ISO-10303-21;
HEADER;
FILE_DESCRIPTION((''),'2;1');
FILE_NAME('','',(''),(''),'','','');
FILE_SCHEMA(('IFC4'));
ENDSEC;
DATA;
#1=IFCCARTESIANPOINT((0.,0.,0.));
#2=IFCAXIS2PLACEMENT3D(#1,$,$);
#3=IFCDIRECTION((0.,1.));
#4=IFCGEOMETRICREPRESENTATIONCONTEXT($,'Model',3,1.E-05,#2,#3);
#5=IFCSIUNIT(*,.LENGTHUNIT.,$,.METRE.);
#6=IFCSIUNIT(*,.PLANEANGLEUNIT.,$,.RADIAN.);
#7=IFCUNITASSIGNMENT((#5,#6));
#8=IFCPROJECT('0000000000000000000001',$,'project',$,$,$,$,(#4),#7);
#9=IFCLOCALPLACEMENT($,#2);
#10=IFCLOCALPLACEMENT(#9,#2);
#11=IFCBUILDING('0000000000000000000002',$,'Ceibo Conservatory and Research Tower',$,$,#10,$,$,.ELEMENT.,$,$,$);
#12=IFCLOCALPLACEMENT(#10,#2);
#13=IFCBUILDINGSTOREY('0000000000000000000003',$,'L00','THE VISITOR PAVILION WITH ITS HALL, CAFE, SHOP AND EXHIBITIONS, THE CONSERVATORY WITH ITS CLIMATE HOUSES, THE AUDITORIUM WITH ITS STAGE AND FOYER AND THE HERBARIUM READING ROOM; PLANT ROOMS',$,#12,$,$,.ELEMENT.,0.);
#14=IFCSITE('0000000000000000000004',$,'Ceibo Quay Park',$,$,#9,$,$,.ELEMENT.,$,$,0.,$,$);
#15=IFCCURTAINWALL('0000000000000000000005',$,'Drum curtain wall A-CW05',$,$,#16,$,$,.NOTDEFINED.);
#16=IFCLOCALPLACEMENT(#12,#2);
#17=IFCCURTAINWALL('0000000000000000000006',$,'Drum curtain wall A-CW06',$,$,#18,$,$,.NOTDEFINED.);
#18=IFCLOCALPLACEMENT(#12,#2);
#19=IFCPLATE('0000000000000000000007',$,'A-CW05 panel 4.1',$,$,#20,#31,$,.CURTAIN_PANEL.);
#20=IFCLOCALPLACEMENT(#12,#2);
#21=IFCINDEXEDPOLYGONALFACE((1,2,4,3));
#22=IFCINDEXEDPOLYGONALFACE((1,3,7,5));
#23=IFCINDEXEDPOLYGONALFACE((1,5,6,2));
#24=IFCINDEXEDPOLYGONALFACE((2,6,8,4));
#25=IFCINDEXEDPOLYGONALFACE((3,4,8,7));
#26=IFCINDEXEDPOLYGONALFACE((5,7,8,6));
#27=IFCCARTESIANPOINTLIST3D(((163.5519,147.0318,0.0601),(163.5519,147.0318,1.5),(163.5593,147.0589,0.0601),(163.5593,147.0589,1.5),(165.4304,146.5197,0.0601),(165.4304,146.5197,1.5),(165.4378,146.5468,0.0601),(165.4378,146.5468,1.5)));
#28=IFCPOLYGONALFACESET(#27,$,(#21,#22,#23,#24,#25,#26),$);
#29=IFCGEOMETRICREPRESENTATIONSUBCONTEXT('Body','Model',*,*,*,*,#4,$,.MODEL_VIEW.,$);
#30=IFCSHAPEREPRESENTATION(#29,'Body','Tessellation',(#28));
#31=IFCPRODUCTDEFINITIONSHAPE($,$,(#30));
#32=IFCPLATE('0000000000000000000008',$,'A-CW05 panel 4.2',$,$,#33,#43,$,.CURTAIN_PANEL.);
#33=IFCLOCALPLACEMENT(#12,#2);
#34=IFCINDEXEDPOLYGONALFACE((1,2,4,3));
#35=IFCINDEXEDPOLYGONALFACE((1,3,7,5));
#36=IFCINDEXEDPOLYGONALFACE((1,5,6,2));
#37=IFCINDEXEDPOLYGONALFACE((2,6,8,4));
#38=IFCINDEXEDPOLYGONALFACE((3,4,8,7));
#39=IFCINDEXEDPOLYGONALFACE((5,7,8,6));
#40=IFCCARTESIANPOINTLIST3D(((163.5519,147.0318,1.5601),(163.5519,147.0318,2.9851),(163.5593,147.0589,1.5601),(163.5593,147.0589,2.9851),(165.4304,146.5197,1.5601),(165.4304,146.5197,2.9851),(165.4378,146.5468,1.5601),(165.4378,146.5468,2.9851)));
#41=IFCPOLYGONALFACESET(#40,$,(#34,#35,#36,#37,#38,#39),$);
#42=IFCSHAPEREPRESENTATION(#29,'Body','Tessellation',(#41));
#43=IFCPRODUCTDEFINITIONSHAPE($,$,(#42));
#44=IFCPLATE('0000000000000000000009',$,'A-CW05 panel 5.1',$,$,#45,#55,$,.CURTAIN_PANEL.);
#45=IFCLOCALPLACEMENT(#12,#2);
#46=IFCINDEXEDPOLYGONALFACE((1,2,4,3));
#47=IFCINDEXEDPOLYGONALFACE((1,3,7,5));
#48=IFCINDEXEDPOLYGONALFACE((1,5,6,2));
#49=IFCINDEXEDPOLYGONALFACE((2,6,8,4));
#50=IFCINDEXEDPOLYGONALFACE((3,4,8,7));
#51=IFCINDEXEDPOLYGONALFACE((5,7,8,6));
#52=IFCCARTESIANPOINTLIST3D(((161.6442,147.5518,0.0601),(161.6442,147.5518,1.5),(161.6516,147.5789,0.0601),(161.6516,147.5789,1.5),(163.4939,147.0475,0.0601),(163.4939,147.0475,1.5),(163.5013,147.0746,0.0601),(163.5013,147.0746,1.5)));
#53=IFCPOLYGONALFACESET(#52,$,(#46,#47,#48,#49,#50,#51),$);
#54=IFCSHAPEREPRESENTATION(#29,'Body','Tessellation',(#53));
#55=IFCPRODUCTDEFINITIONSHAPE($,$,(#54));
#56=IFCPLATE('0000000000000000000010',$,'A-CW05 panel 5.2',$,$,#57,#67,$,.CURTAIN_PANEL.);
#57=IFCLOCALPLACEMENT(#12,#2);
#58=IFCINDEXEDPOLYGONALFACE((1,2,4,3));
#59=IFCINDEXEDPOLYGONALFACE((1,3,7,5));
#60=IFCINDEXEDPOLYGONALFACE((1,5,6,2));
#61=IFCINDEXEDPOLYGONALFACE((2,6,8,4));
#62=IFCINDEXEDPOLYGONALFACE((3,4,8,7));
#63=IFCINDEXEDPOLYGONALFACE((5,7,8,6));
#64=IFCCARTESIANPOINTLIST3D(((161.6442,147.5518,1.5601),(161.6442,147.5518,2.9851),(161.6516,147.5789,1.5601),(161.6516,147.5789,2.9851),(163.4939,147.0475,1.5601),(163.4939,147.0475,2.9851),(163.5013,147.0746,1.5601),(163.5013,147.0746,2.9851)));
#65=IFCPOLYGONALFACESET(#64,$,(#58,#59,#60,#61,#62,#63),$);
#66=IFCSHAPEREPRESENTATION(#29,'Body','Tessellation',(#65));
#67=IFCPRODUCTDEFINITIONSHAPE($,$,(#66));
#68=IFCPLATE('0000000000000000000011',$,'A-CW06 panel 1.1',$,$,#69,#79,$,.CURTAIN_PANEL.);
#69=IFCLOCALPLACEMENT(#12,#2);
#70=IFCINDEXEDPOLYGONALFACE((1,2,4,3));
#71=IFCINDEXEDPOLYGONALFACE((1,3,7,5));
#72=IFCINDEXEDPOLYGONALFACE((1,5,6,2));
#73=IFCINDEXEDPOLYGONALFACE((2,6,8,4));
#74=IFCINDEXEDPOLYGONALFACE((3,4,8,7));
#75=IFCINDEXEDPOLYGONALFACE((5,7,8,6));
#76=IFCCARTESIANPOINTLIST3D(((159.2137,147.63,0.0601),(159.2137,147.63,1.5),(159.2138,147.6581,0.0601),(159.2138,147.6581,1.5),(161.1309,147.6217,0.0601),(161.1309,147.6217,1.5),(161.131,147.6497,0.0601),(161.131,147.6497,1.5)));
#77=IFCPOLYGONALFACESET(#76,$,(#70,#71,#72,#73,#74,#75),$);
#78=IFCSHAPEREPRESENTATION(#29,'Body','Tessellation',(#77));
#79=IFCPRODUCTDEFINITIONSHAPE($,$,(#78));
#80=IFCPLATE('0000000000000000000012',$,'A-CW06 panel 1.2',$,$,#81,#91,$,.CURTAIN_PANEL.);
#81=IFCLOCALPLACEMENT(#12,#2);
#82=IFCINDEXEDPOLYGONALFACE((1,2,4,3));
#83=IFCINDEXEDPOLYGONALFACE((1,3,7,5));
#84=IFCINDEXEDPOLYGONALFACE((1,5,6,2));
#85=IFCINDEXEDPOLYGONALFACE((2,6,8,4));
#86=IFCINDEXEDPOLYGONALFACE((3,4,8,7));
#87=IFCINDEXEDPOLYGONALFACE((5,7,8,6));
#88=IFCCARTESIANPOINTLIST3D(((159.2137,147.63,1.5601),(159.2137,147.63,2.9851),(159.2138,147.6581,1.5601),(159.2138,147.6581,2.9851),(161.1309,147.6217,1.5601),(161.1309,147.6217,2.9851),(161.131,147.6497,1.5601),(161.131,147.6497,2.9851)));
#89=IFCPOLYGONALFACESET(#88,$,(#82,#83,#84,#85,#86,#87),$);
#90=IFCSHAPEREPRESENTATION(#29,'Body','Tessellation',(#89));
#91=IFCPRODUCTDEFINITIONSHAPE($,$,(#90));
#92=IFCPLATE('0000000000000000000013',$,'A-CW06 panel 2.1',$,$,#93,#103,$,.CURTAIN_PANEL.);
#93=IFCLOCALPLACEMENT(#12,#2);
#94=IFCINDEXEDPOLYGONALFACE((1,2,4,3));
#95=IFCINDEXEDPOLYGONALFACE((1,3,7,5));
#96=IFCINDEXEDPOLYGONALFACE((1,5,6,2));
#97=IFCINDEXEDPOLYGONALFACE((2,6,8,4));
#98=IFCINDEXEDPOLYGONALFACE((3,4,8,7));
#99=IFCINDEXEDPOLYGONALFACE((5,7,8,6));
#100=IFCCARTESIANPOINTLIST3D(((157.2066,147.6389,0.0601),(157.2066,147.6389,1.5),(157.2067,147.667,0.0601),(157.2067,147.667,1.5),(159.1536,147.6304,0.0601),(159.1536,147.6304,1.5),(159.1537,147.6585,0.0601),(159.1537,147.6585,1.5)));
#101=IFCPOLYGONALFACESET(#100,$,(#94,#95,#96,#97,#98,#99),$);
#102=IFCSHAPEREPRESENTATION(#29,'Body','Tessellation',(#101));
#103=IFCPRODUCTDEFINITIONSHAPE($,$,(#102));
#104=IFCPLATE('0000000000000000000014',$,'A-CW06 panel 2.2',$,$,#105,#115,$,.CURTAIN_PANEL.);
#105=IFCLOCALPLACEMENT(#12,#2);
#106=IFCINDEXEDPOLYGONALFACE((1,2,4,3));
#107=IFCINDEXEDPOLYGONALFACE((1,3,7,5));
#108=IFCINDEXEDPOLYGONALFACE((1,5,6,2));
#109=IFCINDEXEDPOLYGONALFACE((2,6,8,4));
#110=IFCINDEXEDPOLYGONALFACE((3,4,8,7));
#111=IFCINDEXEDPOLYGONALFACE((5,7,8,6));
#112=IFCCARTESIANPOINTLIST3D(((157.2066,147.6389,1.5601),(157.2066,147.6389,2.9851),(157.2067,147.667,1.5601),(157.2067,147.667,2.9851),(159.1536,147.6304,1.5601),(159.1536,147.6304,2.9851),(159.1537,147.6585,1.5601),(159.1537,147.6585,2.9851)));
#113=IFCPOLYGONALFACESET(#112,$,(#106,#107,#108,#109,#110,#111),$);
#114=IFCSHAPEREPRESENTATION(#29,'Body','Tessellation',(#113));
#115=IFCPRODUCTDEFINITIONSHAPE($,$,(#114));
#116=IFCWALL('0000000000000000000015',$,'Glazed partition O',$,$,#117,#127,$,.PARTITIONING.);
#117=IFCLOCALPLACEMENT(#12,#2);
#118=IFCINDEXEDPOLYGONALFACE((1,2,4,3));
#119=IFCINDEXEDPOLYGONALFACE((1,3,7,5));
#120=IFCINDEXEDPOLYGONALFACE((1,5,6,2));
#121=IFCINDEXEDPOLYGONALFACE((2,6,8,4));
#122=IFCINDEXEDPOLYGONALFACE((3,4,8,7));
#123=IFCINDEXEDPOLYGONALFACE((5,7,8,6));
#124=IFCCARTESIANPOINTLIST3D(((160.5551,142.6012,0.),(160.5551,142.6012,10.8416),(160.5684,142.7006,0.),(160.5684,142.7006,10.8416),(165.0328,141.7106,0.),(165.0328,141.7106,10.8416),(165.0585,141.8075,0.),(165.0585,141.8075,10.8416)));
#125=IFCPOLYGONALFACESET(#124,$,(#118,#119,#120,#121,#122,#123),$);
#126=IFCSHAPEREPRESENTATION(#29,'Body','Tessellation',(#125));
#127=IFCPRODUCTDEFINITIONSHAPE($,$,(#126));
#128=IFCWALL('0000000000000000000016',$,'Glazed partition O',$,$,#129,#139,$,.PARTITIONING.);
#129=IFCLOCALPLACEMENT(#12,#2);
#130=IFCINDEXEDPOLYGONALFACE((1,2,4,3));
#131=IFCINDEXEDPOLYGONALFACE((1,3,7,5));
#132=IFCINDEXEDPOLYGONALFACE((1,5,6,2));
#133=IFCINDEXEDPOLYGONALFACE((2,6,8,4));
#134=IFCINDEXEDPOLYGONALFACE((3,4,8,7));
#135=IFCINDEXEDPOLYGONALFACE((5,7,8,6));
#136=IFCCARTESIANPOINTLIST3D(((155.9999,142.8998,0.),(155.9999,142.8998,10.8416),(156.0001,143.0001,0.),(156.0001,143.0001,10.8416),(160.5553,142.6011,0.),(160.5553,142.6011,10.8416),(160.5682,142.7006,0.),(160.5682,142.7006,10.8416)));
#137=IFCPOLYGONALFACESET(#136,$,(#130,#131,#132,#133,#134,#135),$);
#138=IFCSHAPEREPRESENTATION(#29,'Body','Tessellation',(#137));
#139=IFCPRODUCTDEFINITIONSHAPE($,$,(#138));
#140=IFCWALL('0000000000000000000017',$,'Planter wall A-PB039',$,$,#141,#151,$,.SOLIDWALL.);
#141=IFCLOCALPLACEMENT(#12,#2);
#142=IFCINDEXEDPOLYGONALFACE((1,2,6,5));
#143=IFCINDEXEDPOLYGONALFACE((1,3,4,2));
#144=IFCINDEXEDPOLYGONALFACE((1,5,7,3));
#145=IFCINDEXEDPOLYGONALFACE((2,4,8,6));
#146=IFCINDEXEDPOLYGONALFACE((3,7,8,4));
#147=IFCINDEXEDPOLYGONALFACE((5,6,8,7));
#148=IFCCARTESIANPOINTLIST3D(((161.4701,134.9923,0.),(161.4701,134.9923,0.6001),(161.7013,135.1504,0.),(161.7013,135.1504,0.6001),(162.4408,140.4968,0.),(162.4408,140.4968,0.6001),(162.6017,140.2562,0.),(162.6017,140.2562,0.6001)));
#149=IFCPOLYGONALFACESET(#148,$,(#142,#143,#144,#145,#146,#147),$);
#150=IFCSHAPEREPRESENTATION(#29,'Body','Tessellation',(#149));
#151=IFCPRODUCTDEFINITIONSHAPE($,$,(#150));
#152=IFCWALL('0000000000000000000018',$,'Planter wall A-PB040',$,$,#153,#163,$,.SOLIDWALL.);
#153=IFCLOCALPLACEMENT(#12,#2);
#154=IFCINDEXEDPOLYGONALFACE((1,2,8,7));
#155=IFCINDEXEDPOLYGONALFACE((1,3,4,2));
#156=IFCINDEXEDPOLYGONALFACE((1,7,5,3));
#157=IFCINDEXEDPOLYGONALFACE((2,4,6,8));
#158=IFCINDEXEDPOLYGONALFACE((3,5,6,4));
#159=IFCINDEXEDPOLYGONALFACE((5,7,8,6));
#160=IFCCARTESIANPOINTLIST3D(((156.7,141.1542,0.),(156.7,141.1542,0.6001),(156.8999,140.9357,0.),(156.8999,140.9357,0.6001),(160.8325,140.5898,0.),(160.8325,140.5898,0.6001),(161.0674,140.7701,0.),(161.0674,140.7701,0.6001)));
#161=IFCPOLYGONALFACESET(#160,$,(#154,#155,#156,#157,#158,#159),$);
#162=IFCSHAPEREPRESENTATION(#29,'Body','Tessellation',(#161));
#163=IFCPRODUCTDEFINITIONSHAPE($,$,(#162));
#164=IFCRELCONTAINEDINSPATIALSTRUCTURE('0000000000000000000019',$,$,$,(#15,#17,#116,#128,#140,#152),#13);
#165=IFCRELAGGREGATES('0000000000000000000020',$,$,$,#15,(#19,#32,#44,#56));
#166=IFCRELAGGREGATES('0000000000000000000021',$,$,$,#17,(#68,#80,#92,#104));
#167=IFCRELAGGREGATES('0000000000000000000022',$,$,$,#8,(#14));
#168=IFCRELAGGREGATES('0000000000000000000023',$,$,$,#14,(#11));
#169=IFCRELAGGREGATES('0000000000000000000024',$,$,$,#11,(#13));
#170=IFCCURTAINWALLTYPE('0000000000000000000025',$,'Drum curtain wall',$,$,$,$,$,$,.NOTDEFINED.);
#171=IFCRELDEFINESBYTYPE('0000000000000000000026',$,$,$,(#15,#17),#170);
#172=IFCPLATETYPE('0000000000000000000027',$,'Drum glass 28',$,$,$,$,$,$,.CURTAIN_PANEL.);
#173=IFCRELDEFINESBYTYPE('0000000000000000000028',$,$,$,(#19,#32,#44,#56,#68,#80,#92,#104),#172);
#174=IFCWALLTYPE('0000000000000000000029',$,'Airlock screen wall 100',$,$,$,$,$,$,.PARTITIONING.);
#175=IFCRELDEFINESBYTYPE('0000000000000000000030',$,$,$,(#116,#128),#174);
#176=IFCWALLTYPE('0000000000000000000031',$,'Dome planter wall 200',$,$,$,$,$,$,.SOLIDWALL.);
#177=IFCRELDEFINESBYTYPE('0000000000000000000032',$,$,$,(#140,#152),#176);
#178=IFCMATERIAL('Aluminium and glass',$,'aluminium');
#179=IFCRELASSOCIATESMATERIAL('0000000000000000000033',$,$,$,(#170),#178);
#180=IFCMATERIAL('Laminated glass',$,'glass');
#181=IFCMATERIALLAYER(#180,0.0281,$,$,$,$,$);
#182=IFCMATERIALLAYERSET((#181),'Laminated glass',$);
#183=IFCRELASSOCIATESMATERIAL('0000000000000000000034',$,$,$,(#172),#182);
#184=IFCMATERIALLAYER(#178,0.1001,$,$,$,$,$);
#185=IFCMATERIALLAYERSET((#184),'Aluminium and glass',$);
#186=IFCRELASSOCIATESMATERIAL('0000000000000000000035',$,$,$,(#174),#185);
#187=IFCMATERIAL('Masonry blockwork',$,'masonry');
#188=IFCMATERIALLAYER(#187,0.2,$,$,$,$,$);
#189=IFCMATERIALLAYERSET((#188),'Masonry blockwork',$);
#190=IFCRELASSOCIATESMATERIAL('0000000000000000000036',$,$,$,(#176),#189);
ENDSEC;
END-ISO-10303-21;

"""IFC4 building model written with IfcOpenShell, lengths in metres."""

from ifc_helpers import new_model, si_unit, direction, frame, origin, origin_2d, place, context, subcontext, project, spatial, polyline, rectangle, outline, extrude, material, layer, layer_set, type_object, element, aggregate, save


model = new_model("IFC4")

# Units and contexts
model_context = context("Model", 3, precision=1e-05, world=origin(), true_north=direction((0.0, 1.0)))
body_context = subcontext(model_context, "Body", "Model", "MODEL_VIEW")
ifc_project = project(units=[si_unit("LENGTHUNIT", "METRE"), si_unit("PLANEANGLEUNIT", "RADIAN")], contexts=[model_context])

# Site, building, storey
site_placement = place(None, origin())
site = spatial("IfcSite", under=ifc_project, at=site_placement, Name="Ceibo Quay Park", CompositionType="ELEMENT", RefElevation=0.0)
building_placement = place(site_placement, origin())
building = spatial("IfcBuilding", under=site, at=building_placement, Name="Ceibo Conservatory and Research Tower", CompositionType="ELEMENT")
storey_placement = place(building_placement, origin())
storey = spatial("IfcBuildingStorey", under=building, at=storey_placement, Name="L00", Description="THE VISITOR PAVILION WITH ITS HALL, CAFE, SHOP AND EXHIBITIONS, THE CONSERVATORY WITH ITS CLIMATE HOUSES, THE AUDITORIUM WITH ITS STAGE AND FOYER AND THE HERBARIUM READING ROOM; PLANT ROOMS", CompositionType="ELEMENT", Elevation=0.0)

# Curtain walls
ifc_material_1 = material(Name="Aluminium and glass", Category="aluminium")
curtain_wall_type = type_object("IfcCurtainWallType", Name="Drum curtain wall", PredefinedType="NOTDEFINED", material=ifc_material_1)
curtain_wall_1_placement = place(storey_placement, origin())
curtain_wall_1 = element("IfcCurtainWall", 1, at=curtain_wall_1_placement, inside=storey, type_object=curtain_wall_type, Name="Drum curtain wall A-CW05", PredefinedType="NOTDEFINED")
curtain_wall_2_placement = place(storey_placement, origin())
curtain_wall_2 = element("IfcCurtainWall", 2, at=curtain_wall_2_placement, inside=storey, type_object=curtain_wall_type, Name="Drum curtain wall A-CW06", PredefinedType="NOTDEFINED")

# Plates
ifc_material_2 = material(Name="Laminated glass", Category="glass")
ifc_layer_1 = layer(ifc_material_2, 0.0281)
ifc_layer_set_1 = layer_set([ifc_layer_1], Name="Laminated glass")
plate_type = type_object("IfcPlateType", Name="Drum glass 28", PredefinedType="CURTAIN_PANEL", material=ifc_layer_set_1)
plate_1_placement = place(storey_placement, frame((164.4949, 146.7893, 0.0601), z_axis=(0.0, 0.0, 1.0), x_axis=(-0.964787, 0.263031, 0.0)))
plate_1 = element("IfcPlate", 3, at=plate_1_placement, type_object=plate_type, Name="A-CW05 panel 4.1", PredefinedType="CURTAIN_PANEL", context=body_context, shape_type="SweptSolid", body=[
    extrude(rectangle(XDim=1.947, YDim=0.0281, at=origin_2d()), origin(), (0.0, 0.0, 1.0), 1.4399),
])
plate_2_placement = place(storey_placement, frame((164.4949, 146.7893, 1.5601), z_axis=(0.0, 0.0, 1.0), x_axis=(-0.964787, 0.263031, 0.0)))
plate_2 = element("IfcPlate", 4, at=plate_2_placement, type_object=plate_type, Name="A-CW05 panel 4.2", PredefinedType="CURTAIN_PANEL", context=body_context, shape_type="SweptSolid", body=[
    extrude(rectangle(XDim=1.947, YDim=0.0281, at=origin_2d()), origin(), (0.0, 0.0, 1.0), 1.425),
])
plate_3_placement = place(storey_placement, frame((162.5728, 147.3132, 0.0601), z_axis=(0.0, 0.0, 1.0), x_axis=(-0.964787, 0.263031, 0.0)))
plate_3 = element("IfcPlate", 5, at=plate_3_placement, type_object=plate_type, Name="A-CW05 panel 5.1", PredefinedType="CURTAIN_PANEL", context=body_context, shape_type="SweptSolid", body=[
    extrude(rectangle(XDim=1.9172, YDim=0.0281, at=origin_2d()), origin(), (0.0, 0.0, 1.0), 1.4399),
])
plate_4_placement = place(storey_placement, frame((162.5728, 147.3132, 1.5601), z_axis=(0.0, 0.0, 1.0), x_axis=(-0.964787, 0.263031, 0.0)))
plate_4 = element("IfcPlate", 6, at=plate_4_placement, type_object=plate_type, Name="A-CW05 panel 5.2", PredefinedType="CURTAIN_PANEL", context=body_context, shape_type="SweptSolid", body=[
    extrude(rectangle(XDim=1.9172, YDim=0.0281, at=origin_2d()), origin(), (0.0, 0.0, 1.0), 1.425),
])
aggregate(curtain_wall_1, [plate_1, plate_2, plate_3, plate_4])
plate_5_placement = place(storey_placement, frame((160.1724, 147.6399, 0.0601), z_axis=(0.0, 0.0, 1.0), x_axis=(-0.99999, 0.004363, 0.0)))
plate_5 = element("IfcPlate", 7, at=plate_5_placement, type_object=plate_type, Name="A-CW06 panel 1.1", PredefinedType="CURTAIN_PANEL", context=body_context, shape_type="SweptSolid", body=[
    extrude(rectangle(XDim=1.9172, YDim=0.0281, at=origin_2d()), origin(), (0.0, 0.0, 1.0), 1.4399),
])
plate_6_placement = place(storey_placement, frame((160.1724, 147.6399, 1.5601), z_axis=(0.0, 0.0, 1.0), x_axis=(-0.99999, 0.004363, 0.0)))
plate_6 = element("IfcPlate", 8, at=plate_6_placement, type_object=plate_type, Name="A-CW06 panel 1.2", PredefinedType="CURTAIN_PANEL", context=body_context, shape_type="SweptSolid", body=[
    extrude(rectangle(XDim=1.9172, YDim=0.0281, at=origin_2d()), origin(), (0.0, 0.0, 1.0), 1.425),
])
plate_7_placement = place(storey_placement, frame((158.1802, 147.6487, 0.0601), z_axis=(0.0, 0.0, 1.0), x_axis=(-0.99999, 0.004363, 0.0)))
plate_7 = element("IfcPlate", 9, at=plate_7_placement, type_object=plate_type, Name="A-CW06 panel 2.1", PredefinedType="CURTAIN_PANEL", context=body_context, shape_type="SweptSolid", body=[
    extrude(rectangle(XDim=1.947, YDim=0.0281, at=origin_2d()), origin(), (0.0, 0.0, 1.0), 1.4399),
])
plate_8_placement = place(storey_placement, frame((158.1802, 147.6487, 1.5601), z_axis=(0.0, 0.0, 1.0), x_axis=(-0.99999, 0.004363, 0.0)))
plate_8 = element("IfcPlate", 10, at=plate_8_placement, type_object=plate_type, Name="A-CW06 panel 2.2", PredefinedType="CURTAIN_PANEL", context=body_context, shape_type="SweptSolid", body=[
    extrude(rectangle(XDim=1.947, YDim=0.0281, at=origin_2d()), origin(), (0.0, 0.0, 1.0), 1.425),
])
aggregate(curtain_wall_2, [plate_5, plate_6, plate_7, plate_8])

# Walls
ifc_layer_2 = layer(ifc_material_1, 0.1001)
ifc_layer_set_2 = layer_set([ifc_layer_2], Name="Aluminium and glass")
wall_type_1 = type_object("IfcWallType", Name="Airlock screen wall 100", PredefinedType="PARTITIONING", material=ifc_layer_set_2)
wall_1_placement = place(storey_placement, frame((165.0457, 141.759, 0.0), z_axis=(0.0, 0.0, 1.0), x_axis=(-0.980788, 0.195079, 0.0)))
element("IfcWall", 11, at=wall_1_placement, inside=storey, type_object=wall_type_1, Name="Glazed partition O", PredefinedType="PARTITIONING", context=body_context, shape_type="SweptSolid", body=[
    extrude(outline(polyline([(-0.0032, -0.05), (4.575, -0.05), (4.5686, 0.05), (0.0032, 0.05), (-0.0032, -0.05)])), origin(), (0.0, 0.0, 1.0), 10.8416),
])
wall_2_placement = place(storey_placement, frame((160.5618, 142.6509, 0.0), z_axis=(0.0, 0.0, 1.0), x_axis=(-0.997858, 0.06542, 0.0)))
element("IfcWall", 12, at=wall_2_placement, inside=storey, type_object=wall_type_1, Name="Glazed partition O", PredefinedType="PARTITIONING", context=body_context, shape_type="SweptSolid", body=[
    extrude(outline(polyline([(-0.0032, -0.05), (4.5747, -0.05), (4.5684, 0.05), (0.0032, 0.05), (-0.0032, -0.05)])), origin(), (0.0, 0.0, 1.0), 10.8416),
])
ifc_material_3 = material(Name="Masonry blockwork", Category="masonry")
ifc_layer_3 = layer(ifc_material_3, 0.2)
ifc_layer_set_3 = layer_set([ifc_layer_3], Name="Masonry blockwork")
wall_type_2 = type_object("IfcWallType", Name="Dome planter wall 200", PredefinedType="SOLIDWALL", material=ifc_layer_set_3)
wall_3_placement = place(storey_placement, frame((162.5212, 140.3765, 0.0), z_axis=(0.0, 0.0, 1.0), x_axis=(-0.173666, -0.984805, 0.0)))
element("IfcWall", 13, at=wall_3_placement, inside=storey, type_object=wall_type_2, Name="Planter wall A-PB039", PredefinedType="SOLIDWALL", context=body_context, shape_type="SweptSolid", body=[
    extrude(outline(polyline([(-0.1045, -0.1001), (5.4849, -0.1001), (5.2891, 0.1001), (0.1045, 0.1001), (-0.1045, -0.1001)])), origin(), (0.0, 0.0, 1.0), 0.6001),
])
wall_4_placement = place(storey_placement, frame((160.95, 140.6799, 0.0), z_axis=(0.0, 0.0, 1.0), x_axis=(-0.996155, 0.087613, 0.0)))
element("IfcWall", 14, at=wall_4_placement, inside=storey, type_object=wall_type_2, Name="Planter wall A-PB040", PredefinedType="SOLIDWALL", context=body_context, shape_type="SweptSolid", body=[
    extrude(outline(polyline([(-0.1091, -0.1001), (4.2751, -0.1001), (4.0569, 0.1001), (0.1091, 0.1001), (-0.1091, -0.1001)])), origin(), (0.0, 0.0, 1.0), 0.6001),
])

save(model, "model.ifc")
